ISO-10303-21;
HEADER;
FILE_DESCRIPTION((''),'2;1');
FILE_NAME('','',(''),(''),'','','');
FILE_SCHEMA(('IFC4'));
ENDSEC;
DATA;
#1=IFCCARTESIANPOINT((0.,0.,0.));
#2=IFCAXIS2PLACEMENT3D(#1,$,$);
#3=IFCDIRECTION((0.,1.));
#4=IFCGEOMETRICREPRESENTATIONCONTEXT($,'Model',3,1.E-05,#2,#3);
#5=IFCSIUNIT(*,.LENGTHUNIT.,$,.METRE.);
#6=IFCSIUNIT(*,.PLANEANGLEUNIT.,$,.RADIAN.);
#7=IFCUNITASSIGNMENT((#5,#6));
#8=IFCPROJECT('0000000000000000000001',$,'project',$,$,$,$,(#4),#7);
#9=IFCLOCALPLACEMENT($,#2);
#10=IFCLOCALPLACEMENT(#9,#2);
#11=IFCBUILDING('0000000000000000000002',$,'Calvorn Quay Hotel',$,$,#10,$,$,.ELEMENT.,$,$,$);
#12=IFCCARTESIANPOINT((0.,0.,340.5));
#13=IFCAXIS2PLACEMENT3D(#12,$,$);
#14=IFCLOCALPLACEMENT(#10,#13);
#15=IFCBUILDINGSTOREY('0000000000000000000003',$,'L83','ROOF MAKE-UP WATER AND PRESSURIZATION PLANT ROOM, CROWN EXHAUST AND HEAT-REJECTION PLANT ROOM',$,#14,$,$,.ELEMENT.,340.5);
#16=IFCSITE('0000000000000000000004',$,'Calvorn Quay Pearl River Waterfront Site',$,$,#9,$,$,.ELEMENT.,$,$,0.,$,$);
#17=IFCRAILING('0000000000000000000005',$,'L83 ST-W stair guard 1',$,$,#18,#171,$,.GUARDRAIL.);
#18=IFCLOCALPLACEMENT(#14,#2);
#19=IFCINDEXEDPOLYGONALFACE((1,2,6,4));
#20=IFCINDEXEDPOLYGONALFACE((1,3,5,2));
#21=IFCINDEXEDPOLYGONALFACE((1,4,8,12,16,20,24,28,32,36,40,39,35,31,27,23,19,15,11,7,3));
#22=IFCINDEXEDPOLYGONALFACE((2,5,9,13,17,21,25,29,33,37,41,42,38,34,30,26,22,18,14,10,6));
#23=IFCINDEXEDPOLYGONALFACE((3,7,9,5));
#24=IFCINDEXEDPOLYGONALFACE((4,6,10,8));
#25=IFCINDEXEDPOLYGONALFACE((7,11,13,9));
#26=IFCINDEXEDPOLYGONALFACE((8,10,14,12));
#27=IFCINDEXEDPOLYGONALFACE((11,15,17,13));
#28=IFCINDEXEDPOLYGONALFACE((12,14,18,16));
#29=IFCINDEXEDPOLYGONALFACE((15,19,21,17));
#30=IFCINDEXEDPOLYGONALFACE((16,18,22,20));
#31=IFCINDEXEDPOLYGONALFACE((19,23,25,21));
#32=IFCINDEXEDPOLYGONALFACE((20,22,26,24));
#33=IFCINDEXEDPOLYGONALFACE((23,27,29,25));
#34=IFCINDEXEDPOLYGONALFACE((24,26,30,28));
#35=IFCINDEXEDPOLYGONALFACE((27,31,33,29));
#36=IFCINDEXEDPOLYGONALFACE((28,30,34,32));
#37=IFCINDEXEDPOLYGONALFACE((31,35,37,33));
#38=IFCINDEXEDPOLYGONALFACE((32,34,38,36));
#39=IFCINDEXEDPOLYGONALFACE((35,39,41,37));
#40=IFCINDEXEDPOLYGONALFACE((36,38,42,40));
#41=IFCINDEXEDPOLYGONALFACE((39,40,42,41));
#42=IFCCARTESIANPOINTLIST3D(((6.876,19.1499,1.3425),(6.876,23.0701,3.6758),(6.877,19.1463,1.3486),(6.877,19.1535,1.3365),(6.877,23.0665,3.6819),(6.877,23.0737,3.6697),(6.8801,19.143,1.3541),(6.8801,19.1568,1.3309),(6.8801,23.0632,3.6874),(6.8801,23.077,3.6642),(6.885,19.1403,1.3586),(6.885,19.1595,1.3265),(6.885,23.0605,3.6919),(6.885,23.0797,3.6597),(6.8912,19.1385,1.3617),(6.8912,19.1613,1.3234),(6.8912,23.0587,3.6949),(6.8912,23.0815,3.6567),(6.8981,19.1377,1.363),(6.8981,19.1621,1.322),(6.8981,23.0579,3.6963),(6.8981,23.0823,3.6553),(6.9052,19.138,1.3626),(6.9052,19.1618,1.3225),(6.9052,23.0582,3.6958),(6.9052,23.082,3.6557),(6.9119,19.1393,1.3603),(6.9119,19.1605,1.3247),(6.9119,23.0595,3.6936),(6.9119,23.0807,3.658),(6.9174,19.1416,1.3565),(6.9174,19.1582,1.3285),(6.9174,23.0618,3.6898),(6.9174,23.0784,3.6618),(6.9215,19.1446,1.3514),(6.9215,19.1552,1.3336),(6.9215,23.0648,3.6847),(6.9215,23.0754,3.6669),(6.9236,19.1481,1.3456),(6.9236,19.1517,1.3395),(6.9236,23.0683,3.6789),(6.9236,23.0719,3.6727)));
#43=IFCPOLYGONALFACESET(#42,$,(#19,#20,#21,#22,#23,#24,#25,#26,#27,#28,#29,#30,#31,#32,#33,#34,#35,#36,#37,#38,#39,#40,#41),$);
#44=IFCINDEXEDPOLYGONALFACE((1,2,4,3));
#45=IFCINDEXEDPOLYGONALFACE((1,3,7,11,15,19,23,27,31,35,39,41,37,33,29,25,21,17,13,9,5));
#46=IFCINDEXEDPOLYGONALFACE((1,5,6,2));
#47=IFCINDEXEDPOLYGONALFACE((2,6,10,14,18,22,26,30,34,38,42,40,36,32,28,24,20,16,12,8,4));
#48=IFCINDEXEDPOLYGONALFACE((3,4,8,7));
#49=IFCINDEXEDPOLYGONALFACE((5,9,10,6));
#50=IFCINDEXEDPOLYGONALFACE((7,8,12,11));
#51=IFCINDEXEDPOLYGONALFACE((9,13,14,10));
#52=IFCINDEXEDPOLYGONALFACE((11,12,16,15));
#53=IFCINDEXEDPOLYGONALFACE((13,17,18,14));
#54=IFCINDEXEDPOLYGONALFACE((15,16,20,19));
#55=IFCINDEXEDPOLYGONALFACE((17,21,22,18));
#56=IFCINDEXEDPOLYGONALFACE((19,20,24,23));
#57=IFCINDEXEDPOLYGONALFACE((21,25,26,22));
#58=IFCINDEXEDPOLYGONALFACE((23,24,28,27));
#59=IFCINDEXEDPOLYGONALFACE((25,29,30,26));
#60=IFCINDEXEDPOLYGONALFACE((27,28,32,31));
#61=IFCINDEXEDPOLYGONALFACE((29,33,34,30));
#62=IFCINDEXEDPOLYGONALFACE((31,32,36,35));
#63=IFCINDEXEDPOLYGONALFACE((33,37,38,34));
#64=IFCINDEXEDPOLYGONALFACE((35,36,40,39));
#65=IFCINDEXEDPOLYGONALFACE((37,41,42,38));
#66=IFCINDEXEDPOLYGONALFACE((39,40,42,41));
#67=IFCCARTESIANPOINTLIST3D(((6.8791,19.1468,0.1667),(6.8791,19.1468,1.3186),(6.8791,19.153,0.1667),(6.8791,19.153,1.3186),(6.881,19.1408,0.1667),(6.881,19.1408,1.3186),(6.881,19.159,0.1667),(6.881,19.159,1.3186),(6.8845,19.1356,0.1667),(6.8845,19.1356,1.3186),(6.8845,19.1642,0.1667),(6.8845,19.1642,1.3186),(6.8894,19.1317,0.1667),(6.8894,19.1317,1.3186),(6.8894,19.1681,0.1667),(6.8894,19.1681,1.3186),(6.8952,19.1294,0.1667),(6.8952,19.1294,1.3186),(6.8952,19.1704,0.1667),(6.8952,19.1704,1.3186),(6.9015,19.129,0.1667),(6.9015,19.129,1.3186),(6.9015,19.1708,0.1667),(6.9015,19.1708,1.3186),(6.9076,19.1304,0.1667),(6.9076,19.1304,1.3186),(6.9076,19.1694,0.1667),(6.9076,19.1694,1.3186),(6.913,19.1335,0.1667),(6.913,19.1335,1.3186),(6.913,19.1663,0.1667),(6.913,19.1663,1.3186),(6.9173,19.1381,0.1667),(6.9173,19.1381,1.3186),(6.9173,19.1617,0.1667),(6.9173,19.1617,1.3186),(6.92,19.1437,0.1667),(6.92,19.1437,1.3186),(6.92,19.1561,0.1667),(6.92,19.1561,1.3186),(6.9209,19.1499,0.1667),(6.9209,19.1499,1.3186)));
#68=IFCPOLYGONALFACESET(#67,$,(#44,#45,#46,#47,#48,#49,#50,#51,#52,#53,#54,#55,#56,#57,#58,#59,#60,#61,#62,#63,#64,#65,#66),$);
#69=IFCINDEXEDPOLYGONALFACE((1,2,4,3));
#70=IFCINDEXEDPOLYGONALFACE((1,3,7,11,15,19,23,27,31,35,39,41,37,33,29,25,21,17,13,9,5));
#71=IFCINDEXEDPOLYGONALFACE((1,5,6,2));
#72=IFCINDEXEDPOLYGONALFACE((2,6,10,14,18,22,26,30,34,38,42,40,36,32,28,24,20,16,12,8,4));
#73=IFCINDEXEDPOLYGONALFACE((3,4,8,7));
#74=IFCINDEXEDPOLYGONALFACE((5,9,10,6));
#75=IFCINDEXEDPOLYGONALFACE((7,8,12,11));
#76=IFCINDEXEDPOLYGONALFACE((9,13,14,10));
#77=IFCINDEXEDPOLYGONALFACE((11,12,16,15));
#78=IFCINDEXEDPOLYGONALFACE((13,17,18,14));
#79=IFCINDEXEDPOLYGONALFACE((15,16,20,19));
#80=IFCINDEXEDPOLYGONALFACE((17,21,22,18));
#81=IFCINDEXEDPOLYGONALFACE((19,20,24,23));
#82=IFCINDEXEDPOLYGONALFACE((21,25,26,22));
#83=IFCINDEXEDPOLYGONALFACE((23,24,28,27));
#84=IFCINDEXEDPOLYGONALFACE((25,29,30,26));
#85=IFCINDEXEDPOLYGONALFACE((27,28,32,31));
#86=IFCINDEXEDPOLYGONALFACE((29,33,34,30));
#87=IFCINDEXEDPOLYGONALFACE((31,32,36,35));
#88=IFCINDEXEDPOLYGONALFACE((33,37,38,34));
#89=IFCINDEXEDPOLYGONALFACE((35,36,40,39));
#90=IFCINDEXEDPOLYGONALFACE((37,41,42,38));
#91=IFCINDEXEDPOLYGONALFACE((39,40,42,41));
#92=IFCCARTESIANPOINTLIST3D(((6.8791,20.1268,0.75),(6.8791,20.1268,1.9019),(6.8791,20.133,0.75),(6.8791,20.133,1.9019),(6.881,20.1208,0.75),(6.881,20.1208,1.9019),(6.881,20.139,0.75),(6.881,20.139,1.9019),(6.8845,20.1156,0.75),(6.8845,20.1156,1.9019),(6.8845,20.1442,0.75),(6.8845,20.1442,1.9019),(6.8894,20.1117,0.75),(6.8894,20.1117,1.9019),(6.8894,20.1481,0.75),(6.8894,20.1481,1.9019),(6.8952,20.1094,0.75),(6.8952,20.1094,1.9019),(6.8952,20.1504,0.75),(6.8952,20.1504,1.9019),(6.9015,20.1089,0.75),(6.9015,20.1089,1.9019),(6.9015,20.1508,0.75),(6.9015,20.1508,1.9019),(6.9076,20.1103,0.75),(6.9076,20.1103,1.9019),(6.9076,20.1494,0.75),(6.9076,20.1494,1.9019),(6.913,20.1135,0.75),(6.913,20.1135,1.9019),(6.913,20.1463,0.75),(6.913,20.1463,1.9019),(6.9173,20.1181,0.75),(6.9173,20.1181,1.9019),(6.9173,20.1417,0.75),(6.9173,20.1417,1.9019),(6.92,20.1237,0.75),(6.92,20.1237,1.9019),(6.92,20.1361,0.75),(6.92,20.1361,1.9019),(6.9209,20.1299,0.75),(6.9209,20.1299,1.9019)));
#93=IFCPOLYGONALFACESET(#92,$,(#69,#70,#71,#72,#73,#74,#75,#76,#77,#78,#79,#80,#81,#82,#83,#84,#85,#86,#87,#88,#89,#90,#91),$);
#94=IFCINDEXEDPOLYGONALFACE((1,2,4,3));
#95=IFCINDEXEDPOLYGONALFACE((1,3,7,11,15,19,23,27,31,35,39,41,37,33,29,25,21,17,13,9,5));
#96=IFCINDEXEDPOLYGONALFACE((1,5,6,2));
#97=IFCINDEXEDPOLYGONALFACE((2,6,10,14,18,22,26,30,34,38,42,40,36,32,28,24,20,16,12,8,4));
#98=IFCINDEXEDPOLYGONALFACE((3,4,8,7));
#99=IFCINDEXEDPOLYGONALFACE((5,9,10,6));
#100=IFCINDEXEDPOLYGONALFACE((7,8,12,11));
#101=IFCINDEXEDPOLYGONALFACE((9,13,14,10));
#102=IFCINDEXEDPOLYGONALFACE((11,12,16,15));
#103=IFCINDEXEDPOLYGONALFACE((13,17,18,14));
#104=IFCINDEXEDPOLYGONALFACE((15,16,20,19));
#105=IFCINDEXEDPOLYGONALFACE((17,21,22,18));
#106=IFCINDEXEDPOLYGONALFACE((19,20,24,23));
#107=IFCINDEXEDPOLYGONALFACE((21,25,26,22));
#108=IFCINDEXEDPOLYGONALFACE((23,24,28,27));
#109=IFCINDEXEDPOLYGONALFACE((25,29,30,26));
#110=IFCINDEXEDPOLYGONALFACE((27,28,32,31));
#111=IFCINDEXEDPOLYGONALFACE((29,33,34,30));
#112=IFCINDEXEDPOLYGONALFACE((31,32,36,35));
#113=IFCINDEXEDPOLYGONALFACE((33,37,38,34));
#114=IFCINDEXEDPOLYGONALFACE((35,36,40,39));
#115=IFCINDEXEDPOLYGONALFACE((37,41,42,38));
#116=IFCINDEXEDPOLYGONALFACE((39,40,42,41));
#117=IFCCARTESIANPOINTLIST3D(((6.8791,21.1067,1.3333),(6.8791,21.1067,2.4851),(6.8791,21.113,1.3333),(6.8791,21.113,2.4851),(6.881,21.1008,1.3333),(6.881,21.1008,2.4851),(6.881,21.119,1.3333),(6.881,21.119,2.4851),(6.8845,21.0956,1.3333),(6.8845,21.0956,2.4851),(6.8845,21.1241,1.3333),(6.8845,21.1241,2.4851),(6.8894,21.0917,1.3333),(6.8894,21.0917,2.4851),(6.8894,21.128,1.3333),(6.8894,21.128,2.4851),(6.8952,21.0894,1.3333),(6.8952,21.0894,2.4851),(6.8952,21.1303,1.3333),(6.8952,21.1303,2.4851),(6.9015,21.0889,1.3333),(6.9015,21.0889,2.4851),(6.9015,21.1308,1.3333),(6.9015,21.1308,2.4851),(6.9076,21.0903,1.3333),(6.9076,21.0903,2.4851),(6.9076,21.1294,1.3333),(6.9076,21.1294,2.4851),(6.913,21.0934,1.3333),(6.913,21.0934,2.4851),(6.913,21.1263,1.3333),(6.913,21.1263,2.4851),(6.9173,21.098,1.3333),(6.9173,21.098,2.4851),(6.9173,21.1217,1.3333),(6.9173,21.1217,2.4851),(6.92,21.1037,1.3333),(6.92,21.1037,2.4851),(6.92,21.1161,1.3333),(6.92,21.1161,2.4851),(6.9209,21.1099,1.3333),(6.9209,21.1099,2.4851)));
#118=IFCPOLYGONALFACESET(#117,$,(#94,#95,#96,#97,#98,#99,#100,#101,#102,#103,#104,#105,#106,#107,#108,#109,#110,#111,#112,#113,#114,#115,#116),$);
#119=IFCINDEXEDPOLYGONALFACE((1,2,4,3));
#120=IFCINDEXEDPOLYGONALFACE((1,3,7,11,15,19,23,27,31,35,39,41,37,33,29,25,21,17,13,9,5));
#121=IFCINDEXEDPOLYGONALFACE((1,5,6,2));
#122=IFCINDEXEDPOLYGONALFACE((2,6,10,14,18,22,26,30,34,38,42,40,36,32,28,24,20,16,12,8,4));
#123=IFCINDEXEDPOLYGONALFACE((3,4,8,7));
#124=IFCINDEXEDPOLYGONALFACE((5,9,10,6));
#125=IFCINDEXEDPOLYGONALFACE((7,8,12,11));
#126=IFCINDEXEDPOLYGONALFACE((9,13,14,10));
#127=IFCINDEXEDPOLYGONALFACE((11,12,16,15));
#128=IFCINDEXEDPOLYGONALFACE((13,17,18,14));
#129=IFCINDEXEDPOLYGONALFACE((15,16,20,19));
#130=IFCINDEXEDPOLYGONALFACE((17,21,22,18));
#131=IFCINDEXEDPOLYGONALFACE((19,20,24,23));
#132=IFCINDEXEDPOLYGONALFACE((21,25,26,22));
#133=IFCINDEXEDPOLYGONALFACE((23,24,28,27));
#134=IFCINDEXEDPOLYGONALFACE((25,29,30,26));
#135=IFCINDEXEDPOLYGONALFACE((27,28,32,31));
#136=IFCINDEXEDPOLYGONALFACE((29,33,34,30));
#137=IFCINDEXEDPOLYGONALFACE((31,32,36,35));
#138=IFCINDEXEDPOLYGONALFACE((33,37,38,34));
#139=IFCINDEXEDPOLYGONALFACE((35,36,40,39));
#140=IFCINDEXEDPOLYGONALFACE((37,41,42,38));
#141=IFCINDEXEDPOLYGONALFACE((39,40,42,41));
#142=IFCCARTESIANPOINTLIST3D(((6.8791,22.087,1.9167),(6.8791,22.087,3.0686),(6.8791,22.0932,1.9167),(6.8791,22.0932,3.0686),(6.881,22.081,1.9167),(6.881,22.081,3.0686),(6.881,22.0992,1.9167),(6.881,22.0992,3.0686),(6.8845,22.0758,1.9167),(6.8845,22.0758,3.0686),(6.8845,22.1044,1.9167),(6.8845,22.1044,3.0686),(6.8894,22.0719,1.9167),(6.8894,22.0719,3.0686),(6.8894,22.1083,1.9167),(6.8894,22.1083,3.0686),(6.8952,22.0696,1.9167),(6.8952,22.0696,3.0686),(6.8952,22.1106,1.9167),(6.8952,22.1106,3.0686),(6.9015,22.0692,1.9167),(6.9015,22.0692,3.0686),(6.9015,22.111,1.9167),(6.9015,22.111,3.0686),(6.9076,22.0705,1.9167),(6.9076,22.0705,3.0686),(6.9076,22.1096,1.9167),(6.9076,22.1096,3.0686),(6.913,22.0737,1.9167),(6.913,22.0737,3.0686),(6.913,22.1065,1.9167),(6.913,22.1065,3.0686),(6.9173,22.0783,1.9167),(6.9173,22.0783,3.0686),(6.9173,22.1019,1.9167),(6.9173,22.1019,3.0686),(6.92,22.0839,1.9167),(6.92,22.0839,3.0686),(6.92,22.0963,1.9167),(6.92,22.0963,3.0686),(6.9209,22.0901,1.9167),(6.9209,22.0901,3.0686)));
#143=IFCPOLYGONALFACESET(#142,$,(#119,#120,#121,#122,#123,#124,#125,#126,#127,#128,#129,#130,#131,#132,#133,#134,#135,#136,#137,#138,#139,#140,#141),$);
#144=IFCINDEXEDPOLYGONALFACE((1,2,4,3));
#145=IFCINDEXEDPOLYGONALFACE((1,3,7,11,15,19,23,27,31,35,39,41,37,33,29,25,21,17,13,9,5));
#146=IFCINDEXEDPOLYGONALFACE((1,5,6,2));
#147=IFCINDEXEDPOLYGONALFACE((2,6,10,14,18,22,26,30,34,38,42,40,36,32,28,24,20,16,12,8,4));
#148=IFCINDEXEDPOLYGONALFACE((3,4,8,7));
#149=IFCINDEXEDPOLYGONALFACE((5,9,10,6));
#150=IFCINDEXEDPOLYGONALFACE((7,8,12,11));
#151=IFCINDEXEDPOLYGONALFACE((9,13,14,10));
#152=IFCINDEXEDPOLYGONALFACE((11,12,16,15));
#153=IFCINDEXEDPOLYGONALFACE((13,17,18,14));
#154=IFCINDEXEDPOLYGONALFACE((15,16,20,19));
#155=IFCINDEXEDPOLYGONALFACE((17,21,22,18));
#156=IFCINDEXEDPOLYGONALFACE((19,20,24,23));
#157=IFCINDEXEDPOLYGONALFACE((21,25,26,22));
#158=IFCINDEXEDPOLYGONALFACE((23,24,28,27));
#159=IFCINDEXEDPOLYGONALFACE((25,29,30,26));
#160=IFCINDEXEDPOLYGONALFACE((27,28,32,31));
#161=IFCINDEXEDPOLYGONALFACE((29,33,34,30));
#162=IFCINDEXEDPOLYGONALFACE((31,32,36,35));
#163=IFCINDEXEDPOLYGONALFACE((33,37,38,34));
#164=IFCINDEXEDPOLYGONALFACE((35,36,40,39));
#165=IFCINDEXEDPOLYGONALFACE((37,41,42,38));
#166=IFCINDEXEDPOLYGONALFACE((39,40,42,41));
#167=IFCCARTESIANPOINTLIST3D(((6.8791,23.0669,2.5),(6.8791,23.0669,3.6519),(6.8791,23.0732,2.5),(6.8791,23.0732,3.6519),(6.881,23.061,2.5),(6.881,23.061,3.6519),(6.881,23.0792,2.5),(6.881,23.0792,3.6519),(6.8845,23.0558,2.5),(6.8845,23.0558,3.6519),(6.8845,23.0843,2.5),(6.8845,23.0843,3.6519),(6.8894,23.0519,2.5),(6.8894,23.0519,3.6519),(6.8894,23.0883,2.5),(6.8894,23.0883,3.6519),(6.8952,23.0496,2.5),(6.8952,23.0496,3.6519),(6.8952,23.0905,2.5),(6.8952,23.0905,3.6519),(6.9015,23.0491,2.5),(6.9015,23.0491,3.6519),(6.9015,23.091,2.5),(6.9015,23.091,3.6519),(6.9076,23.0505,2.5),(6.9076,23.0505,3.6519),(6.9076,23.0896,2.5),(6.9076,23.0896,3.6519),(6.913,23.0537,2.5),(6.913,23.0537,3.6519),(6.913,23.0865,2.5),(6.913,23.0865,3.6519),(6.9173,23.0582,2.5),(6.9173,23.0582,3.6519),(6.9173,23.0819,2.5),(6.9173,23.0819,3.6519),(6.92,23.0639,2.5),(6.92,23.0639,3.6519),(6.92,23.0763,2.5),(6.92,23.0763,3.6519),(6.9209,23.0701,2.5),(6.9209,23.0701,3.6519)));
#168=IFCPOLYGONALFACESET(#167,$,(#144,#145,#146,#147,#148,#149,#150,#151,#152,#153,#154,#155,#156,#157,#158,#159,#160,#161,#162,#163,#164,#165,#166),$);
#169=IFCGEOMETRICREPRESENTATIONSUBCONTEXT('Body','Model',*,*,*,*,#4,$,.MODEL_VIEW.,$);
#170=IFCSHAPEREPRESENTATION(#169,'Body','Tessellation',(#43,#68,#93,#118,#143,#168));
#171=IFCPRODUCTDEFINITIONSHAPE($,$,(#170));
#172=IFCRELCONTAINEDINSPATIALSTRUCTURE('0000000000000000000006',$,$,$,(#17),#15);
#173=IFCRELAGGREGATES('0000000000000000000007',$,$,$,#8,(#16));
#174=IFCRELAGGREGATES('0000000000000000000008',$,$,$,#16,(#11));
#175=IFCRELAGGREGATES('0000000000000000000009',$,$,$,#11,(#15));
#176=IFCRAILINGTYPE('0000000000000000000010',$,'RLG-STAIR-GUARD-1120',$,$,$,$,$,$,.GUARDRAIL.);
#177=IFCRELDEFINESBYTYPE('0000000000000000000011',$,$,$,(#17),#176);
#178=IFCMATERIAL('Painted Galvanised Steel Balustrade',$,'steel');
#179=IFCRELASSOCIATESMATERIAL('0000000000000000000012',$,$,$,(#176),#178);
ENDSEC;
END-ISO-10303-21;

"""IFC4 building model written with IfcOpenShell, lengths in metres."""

from ifc_helpers import new_model, si_unit, direction, frame, origin, origin_2d, place, context, subcontext, project, spatial, circle, extrude, material, type_object, element, save


model = new_model("IFC4")

# Units and contexts
model_context = context("Model", 3, precision=1e-05, world=origin(), true_north=direction((0.0, 1.0)))
body_context = subcontext(model_context, "Body", "Model", "MODEL_VIEW")
ifc_project = project(units=[si_unit("LENGTHUNIT", "METRE"), si_unit("PLANEANGLEUNIT", "RADIAN")], contexts=[model_context])

# Site, building, storey
site_placement = place(None, origin())
site = spatial("IfcSite", under=ifc_project, at=site_placement, Name="Calvorn Quay Pearl River Waterfront Site", CompositionType="ELEMENT", RefElevation=0.0)
building_placement = place(site_placement, origin())
building = spatial("IfcBuilding", under=site, at=building_placement, Name="Calvorn Quay Hotel", CompositionType="ELEMENT")
storey_placement = place(building_placement, frame((0.0, 0.0, 340.5)))
storey = spatial("IfcBuildingStorey", under=building, at=storey_placement, Name="L83", Description="ROOF MAKE-UP WATER AND PRESSURIZATION PLANT ROOM, CROWN EXHAUST AND HEAT-REJECTION PLANT ROOM", CompositionType="ELEMENT", Elevation=340.5)

# Railing
ifc_material_1 = material(Name="Painted Galvanised Steel Balustrade", Category="steel")
railing_type_1 = type_object("IfcRailingType", Name="RLG-STAIR-GUARD-1120", PredefinedType="GUARDRAIL", material=ifc_material_1)
railing_1_placement = place(storey_placement, frame((6.8999, 19.1499, 0.1667)))
element("IfcRailing", 1, at=railing_1_placement, inside=storey, type_object=railing_type_1, Name="L83 ST-W stair guard 1", PredefinedType="GUARDRAIL", context=body_context, shape_type="SweptSolid", body=[
    extrude(circle(Radius=0.0239, at=origin_2d()), frame((0.0, 0.0, 1.1758), z_axis=(0.0, 0.85931, 0.511455), x_axis=(-1.0, 0.0, 0.0)), (0.0, 0.0, 1.0), 4.562),
    extrude(circle(Radius=0.021, at=origin_2d()), origin(), (0.0, 0.0, 1.0), 1.1519),
    extrude(circle(Radius=0.021, at=origin_2d()), frame((0.0, 0.98, 0.5833)), (0.0, 0.0, 1.0), 1.1519),
    extrude(circle(Radius=0.021, at=origin_2d()), frame((0.0, 1.96, 1.1665)), (0.0, 0.0, 1.0), 1.1519),
    extrude(circle(Radius=0.021, at=origin_2d()), frame((0.0, 2.9402, 1.75)), (0.0, 0.0, 1.0), 1.1519),
    extrude(circle(Radius=0.021, at=origin_2d()), frame((0.0, 3.9202, 2.3333)), (0.0, 0.0, 1.0), 1.1519),
])

save(model, "model.ifc")
